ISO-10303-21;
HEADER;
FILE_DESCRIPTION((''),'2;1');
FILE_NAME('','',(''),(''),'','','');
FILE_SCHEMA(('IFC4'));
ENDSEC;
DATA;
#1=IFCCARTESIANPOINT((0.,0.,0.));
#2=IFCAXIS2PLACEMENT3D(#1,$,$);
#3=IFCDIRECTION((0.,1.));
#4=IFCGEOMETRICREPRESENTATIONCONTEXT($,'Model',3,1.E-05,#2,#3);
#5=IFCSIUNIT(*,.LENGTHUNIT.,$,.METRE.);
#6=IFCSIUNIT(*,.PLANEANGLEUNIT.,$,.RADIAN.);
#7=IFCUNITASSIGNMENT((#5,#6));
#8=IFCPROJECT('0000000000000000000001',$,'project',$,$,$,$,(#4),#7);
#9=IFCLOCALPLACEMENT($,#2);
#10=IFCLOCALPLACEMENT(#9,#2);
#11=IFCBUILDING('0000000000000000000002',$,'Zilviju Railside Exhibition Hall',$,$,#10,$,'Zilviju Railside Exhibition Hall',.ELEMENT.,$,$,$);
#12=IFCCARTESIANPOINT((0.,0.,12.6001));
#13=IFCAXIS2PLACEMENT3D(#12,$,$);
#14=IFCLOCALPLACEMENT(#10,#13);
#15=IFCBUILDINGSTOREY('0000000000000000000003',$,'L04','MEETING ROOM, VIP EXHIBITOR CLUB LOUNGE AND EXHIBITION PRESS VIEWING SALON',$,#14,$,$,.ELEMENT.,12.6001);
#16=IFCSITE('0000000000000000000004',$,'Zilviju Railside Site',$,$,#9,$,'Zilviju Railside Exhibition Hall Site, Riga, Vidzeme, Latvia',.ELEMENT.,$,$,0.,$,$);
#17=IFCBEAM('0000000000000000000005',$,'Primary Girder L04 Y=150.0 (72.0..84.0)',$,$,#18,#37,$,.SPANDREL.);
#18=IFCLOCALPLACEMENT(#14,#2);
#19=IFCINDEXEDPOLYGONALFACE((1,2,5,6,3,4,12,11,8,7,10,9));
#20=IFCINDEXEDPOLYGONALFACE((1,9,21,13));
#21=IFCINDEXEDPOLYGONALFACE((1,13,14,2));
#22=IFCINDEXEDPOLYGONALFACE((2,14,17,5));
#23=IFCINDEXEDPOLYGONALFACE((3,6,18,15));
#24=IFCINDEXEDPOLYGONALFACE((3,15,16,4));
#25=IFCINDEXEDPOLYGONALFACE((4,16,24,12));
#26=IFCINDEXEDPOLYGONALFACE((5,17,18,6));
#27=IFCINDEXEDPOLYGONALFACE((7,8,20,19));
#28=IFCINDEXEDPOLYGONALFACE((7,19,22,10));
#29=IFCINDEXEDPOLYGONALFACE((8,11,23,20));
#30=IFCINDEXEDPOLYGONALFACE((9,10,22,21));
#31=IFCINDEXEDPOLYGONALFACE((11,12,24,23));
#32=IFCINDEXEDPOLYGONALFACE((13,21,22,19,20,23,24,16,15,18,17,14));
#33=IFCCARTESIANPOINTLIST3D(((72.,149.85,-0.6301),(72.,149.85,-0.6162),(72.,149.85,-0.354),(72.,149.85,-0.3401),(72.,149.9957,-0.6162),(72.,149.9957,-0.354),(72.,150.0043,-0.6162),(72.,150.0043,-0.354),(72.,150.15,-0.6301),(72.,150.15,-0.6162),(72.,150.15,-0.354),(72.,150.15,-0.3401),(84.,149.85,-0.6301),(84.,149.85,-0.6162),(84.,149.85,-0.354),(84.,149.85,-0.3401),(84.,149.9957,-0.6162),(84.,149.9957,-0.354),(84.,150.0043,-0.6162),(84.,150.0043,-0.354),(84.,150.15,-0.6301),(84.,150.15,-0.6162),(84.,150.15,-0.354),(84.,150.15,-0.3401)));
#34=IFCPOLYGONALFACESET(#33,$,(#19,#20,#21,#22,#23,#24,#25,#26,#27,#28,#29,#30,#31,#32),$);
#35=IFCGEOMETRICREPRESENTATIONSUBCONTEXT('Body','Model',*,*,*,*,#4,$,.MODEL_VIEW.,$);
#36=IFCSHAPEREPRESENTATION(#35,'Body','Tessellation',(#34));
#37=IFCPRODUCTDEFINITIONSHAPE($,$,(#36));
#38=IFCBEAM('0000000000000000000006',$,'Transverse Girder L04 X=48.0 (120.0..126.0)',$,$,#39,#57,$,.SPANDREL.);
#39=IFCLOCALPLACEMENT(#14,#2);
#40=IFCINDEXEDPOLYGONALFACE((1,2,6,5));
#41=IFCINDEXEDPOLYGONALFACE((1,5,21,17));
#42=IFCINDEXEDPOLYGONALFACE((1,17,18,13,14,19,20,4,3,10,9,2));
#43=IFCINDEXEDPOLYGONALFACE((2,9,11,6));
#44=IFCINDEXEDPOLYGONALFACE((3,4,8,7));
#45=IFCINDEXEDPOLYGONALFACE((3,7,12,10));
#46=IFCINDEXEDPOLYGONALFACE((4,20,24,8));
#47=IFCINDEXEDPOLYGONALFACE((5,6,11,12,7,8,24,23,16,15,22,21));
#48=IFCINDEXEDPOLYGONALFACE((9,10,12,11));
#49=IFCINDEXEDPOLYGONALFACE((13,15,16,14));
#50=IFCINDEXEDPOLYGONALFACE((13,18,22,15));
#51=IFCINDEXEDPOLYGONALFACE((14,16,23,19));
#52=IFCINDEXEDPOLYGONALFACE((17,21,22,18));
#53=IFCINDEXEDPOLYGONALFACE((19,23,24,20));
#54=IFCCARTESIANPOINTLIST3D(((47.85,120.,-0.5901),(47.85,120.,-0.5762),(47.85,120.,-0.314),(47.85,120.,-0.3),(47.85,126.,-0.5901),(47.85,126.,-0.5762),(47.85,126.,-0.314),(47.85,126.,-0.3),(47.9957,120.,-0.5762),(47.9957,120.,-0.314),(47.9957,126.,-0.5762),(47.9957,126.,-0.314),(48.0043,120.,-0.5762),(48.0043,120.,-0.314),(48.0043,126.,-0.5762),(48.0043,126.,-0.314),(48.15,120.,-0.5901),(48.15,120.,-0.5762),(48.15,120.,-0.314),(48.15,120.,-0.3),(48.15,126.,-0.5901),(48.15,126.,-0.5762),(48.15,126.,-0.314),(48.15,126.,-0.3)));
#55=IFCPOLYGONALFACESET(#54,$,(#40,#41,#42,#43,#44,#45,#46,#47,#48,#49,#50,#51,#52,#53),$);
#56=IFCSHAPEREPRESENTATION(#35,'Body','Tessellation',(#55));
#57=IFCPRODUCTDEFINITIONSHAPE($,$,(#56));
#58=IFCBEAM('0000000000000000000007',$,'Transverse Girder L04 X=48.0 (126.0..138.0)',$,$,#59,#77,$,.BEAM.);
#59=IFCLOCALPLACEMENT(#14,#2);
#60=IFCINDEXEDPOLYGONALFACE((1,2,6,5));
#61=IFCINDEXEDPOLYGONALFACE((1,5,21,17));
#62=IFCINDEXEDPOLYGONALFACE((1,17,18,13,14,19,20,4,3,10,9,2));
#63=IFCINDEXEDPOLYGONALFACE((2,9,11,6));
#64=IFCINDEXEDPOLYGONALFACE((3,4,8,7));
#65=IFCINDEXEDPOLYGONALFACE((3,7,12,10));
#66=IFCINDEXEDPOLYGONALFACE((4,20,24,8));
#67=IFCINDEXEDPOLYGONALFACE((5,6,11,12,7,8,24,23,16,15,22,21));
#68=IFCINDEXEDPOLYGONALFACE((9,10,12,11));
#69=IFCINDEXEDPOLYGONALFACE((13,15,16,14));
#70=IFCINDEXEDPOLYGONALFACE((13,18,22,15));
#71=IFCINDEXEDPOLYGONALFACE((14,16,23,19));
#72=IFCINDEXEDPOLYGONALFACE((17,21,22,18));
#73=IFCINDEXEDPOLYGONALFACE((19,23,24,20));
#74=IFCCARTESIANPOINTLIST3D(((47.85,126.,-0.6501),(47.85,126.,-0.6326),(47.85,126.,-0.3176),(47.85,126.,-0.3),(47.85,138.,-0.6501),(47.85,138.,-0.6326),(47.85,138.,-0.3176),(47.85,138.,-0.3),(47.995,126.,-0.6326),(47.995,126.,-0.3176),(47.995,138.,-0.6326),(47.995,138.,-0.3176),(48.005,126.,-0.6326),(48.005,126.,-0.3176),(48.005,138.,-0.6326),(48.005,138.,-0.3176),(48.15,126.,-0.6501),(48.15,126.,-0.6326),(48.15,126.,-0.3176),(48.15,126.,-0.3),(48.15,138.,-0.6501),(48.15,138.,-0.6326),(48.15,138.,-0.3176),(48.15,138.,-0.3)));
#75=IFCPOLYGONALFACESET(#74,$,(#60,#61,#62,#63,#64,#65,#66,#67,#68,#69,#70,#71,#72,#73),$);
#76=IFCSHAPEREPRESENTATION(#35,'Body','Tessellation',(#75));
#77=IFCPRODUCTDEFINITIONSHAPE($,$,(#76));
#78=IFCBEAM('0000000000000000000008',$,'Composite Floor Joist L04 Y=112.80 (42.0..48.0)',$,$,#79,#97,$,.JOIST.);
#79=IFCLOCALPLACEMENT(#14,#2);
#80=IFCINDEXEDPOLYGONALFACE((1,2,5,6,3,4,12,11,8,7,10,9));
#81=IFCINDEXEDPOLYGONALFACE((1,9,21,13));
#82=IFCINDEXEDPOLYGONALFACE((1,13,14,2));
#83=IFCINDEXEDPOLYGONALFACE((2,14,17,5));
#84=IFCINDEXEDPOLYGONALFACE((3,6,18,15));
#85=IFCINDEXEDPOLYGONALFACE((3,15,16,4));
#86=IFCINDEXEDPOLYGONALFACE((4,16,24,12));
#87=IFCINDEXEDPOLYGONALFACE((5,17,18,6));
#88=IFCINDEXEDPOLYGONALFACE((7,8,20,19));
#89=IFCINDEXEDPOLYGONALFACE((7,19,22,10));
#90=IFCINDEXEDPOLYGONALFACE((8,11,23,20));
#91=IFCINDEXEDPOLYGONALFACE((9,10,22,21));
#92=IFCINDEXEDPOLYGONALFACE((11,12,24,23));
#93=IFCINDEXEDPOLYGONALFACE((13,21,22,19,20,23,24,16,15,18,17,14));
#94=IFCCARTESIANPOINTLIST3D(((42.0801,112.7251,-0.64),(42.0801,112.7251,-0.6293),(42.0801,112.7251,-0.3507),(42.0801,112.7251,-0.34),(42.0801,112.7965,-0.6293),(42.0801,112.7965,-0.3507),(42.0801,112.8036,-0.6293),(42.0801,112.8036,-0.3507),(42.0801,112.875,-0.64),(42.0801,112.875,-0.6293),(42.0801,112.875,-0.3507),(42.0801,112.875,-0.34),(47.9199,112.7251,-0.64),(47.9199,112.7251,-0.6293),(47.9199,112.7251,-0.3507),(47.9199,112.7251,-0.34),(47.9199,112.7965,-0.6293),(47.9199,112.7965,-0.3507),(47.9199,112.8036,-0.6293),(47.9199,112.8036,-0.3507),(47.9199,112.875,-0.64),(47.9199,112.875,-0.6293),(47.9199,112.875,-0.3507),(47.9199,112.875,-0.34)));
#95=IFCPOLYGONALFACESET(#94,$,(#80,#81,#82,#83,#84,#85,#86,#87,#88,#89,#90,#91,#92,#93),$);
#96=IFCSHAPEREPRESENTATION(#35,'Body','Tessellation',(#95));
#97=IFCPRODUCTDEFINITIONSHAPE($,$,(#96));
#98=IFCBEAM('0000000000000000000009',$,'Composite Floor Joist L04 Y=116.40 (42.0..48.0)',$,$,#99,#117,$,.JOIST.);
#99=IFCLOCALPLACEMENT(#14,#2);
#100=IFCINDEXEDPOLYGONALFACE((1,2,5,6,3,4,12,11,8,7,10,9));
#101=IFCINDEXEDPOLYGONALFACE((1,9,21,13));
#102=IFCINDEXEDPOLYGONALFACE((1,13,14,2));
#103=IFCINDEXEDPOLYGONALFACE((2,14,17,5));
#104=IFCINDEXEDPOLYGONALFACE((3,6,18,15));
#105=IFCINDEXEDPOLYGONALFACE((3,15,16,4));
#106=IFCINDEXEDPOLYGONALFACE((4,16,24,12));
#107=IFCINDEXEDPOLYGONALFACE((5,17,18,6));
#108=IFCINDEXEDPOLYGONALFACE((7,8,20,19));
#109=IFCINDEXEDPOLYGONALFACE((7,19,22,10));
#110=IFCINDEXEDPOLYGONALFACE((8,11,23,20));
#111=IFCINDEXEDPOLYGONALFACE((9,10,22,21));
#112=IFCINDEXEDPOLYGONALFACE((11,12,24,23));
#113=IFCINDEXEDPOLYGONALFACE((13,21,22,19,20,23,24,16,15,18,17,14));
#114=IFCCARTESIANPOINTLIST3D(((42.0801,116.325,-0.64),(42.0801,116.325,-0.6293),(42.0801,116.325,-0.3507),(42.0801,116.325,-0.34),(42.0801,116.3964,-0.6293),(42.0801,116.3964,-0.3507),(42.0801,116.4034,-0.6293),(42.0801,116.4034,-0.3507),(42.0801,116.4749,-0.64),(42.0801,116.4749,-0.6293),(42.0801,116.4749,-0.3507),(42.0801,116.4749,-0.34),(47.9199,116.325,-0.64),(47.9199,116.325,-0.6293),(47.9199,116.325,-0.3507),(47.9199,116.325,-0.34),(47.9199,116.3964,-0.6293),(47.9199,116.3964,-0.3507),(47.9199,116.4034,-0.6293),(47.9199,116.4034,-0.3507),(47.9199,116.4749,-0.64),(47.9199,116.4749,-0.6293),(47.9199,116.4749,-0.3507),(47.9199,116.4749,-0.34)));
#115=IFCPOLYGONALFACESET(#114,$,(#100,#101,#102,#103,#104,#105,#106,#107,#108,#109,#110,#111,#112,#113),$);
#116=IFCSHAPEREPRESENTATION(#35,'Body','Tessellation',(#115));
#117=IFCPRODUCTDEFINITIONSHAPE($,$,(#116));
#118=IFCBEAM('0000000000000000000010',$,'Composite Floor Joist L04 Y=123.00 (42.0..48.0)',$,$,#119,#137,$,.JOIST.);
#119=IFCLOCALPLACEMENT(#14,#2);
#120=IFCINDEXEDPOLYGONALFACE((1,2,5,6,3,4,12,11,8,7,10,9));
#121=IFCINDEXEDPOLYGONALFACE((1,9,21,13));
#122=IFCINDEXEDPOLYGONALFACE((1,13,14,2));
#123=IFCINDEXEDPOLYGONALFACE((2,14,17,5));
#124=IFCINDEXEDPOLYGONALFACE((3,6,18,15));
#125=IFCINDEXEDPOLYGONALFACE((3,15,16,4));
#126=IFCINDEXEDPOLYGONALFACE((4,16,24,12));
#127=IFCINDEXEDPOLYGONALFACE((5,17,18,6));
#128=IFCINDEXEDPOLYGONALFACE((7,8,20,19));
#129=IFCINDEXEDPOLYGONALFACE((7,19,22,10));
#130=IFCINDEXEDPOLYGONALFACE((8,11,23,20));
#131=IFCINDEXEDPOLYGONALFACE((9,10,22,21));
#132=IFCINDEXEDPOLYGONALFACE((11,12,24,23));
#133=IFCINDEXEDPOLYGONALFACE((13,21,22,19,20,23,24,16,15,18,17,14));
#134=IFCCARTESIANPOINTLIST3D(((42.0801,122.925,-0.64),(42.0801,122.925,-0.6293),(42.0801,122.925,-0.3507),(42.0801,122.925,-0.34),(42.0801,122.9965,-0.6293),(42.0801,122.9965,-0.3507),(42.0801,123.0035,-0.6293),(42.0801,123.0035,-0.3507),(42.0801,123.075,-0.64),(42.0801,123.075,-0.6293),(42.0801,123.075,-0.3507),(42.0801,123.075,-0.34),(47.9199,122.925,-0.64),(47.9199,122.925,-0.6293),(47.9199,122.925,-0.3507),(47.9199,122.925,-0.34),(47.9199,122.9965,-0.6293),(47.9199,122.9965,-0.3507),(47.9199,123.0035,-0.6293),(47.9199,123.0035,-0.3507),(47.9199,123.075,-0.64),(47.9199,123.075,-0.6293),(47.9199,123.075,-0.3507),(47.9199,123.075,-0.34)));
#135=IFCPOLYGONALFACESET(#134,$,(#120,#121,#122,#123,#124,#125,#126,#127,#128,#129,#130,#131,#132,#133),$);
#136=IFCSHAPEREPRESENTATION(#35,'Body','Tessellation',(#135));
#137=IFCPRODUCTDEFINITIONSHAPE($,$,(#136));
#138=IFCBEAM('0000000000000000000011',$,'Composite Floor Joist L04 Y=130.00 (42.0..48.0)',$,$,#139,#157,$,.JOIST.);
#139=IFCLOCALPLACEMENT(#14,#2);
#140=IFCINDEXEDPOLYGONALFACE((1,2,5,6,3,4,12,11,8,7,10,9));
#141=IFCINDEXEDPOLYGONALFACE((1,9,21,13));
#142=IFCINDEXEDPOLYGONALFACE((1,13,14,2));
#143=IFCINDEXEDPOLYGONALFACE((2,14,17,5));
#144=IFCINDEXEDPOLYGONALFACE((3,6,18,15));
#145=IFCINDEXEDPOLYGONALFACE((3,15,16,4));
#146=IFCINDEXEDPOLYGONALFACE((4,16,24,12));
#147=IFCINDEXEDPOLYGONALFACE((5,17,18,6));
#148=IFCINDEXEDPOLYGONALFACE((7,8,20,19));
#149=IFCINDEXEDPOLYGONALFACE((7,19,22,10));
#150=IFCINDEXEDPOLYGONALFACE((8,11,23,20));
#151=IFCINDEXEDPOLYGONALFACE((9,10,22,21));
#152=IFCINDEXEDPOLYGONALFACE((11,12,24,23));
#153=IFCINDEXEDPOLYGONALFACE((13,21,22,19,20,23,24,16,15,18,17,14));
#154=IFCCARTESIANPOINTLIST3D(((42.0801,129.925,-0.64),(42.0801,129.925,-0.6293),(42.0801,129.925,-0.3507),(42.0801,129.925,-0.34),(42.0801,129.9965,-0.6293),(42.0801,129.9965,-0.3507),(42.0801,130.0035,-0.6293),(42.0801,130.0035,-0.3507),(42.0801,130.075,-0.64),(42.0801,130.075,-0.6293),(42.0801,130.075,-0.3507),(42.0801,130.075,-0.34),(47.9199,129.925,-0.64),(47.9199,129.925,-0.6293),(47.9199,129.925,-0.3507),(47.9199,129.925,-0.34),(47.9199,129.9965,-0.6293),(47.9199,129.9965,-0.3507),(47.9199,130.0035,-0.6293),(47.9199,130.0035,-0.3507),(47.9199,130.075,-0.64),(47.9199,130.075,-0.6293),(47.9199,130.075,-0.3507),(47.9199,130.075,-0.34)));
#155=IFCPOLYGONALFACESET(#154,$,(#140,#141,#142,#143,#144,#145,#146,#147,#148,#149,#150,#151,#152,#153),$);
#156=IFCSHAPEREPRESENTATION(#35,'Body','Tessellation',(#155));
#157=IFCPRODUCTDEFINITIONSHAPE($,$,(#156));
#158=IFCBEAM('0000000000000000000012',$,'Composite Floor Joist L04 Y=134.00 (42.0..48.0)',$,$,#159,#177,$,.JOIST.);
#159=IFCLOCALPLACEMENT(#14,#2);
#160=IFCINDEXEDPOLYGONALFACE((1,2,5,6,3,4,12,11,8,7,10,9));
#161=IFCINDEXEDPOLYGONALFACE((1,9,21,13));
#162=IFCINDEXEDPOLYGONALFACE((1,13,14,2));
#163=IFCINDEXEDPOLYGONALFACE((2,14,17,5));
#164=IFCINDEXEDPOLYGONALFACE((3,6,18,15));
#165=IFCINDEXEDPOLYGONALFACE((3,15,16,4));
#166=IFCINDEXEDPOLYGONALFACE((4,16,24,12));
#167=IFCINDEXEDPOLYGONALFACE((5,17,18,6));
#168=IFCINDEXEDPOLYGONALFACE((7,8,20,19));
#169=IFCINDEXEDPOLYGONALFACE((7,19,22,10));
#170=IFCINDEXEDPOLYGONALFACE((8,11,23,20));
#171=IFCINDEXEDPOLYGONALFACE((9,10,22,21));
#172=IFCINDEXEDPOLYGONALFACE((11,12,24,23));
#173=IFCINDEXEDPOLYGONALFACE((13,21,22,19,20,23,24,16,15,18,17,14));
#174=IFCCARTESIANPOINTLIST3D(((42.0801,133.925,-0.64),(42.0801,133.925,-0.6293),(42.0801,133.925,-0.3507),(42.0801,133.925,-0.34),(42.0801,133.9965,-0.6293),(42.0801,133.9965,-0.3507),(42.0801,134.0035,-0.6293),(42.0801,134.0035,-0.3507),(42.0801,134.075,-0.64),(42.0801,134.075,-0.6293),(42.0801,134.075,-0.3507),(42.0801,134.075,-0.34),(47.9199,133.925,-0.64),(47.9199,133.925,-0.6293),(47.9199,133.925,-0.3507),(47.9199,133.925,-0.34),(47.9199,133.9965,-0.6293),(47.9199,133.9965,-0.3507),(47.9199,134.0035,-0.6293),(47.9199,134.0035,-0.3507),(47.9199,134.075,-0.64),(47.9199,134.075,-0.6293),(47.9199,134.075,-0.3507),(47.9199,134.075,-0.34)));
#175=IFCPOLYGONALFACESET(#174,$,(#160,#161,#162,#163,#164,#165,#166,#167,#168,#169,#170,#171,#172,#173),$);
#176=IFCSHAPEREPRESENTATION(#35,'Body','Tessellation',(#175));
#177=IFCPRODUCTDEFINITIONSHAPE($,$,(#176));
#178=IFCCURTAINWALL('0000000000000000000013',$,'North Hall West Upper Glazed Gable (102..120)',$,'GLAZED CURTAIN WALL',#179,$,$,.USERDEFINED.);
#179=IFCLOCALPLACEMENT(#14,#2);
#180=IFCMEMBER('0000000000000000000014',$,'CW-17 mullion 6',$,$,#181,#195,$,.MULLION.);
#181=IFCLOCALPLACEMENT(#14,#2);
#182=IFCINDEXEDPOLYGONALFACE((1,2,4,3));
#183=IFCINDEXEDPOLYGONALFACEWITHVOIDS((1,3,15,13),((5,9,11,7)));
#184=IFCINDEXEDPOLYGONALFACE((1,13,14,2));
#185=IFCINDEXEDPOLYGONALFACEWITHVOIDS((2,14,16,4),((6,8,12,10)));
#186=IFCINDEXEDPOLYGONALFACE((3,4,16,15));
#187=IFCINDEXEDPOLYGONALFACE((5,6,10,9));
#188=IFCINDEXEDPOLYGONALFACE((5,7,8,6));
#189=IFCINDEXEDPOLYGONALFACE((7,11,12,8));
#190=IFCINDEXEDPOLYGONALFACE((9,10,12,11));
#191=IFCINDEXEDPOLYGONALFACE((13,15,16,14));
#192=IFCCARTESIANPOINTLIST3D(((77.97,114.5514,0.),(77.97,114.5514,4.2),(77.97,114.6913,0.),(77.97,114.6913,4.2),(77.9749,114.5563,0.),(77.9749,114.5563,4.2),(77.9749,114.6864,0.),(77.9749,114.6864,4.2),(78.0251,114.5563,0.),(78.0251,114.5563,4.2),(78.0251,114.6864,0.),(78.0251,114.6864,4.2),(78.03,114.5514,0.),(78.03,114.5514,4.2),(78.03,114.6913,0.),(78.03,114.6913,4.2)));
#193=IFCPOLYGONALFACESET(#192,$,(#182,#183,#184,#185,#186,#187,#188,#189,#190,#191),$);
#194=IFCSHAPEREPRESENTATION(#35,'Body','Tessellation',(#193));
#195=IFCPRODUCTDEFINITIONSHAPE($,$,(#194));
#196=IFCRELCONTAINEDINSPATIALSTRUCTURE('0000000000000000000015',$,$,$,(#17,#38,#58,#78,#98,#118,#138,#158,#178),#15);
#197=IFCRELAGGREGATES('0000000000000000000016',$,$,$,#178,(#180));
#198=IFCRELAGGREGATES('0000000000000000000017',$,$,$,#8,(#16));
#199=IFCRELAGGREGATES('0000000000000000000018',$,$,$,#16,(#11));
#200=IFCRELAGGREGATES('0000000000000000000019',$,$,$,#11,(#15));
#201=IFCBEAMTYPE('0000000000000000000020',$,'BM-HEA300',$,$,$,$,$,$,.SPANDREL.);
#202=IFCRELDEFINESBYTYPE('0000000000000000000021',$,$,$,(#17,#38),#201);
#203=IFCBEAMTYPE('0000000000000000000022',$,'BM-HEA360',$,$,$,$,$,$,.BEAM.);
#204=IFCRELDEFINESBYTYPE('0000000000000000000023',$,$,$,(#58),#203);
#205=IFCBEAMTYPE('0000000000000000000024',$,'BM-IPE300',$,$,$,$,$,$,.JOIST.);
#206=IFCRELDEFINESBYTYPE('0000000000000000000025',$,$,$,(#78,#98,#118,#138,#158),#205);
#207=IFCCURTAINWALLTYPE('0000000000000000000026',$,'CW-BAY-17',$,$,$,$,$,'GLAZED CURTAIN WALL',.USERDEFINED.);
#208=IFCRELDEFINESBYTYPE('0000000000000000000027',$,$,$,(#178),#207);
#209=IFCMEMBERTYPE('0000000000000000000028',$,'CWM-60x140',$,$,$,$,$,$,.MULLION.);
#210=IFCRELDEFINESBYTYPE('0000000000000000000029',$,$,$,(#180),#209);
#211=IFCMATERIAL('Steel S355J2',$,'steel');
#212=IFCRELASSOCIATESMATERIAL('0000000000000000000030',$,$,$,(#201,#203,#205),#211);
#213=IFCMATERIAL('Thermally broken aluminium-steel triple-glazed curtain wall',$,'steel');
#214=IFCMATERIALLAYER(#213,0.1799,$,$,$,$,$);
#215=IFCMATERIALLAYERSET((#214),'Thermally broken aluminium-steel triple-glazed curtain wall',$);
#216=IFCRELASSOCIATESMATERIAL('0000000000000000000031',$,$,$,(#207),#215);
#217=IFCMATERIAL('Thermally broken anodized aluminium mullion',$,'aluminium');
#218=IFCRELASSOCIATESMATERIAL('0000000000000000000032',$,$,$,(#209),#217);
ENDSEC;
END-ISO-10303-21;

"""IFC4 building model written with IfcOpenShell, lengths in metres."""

from ifc_helpers import new_model, si_unit, direction, frame, origin, origin_2d, place, context, subcontext, project, spatial, hollow_rectangle, i_section, extrude, material, layer, layer_set, material_profile, profile_set, type_object, element, aggregate, save


model = new_model("IFC4")

# Units and contexts
model_context = context("Model", 3, precision=1e-05, world=origin(), true_north=direction((0.0, 1.0)))
body_context = subcontext(model_context, "Body", "Model", "MODEL_VIEW")
ifc_project = project(units=[si_unit("LENGTHUNIT", "METRE"), si_unit("PLANEANGLEUNIT", "RADIAN")], contexts=[model_context])

# Site, building, storey
site_placement = place(None, origin())
site = spatial("IfcSite", under=ifc_project, at=site_placement, Name="Zilviju Railside Site", LongName="Zilviju Railside Exhibition Hall Site, Riga, Vidzeme, Latvia", CompositionType="ELEMENT", RefElevation=0.0)
building_placement = place(site_placement, origin())
building = spatial("IfcBuilding", under=site, at=building_placement, Name="Zilviju Railside Exhibition Hall", LongName="Zilviju Railside Exhibition Hall", CompositionType="ELEMENT")
storey_placement = place(building_placement, frame((0.0, 0.0, 12.6001)))
storey = spatial("IfcBuildingStorey", under=building, at=storey_placement, Name="L04", Description="MEETING ROOM, VIP EXHIBITOR CLUB LOUNGE AND EXHIBITION PRESS VIEWING SALON", CompositionType="ELEMENT", Elevation=12.6001)

# Beams
ifc_material_1 = material(Name="Steel S355J2", Category="steel")
ifc_material_profile_1 = material_profile(ifc_material_1, i_section(OverallWidth=0.3, OverallDepth=0.29, WebThickness=0.0085, FlangeThickness=0.0139, at=origin_2d()), Name="HEA 300")
ifc_profile_set_1 = profile_set([ifc_material_profile_1], Name="Steel S355J2")
beam_type_1 = type_object("IfcBeamType", Name="BM-HEA300", PredefinedType="SPANDREL", material=ifc_profile_set_1)
for number, where, z_axis, x_axis, name in (
    (1, (72.0, 150.0, -0.4851), (1.0, 0.0, 0.0), (0.0, 1.0, 0.0), "Primary Girder L04 Y=150.0 (72.0..84.0)"),
):
    element("IfcBeam", number, at=place(storey_placement, frame(where, z_axis=z_axis, x_axis=x_axis)), inside=storey, type_object=beam_type_1, Name=name, PredefinedType="SPANDREL", context=body_context, shape_type="SweptSolid", body=[
        extrude(i_section(OverallWidth=0.3, OverallDepth=0.29, WebThickness=0.0085, FlangeThickness=0.0139, at=origin_2d()), origin(), (0.0, 0.0, 1.0), 12.0),
    ])
beam_1_placement = place(storey_placement, frame((48.0, 120.0, -0.4451), z_axis=(0.0, 1.0, 0.0), x_axis=(-1.0, 0.0, 0.0)))
element("IfcBeam", 2, at=beam_1_placement, inside=storey, type_object=beam_type_1, Name="Transverse Girder L04 X=48.0 (120.0..126.0)", PredefinedType="SPANDREL", context=body_context, shape_type="SweptSolid", body=[
    extrude(i_section(OverallWidth=0.3, OverallDepth=0.29, WebThickness=0.0085, FlangeThickness=0.0139, at=origin_2d()), origin(), (0.0, 0.0, 1.0), 6.0),
])
ifc_material_profile_2 = material_profile(ifc_material_1, i_section(OverallWidth=0.3, OverallDepth=0.3501, WebThickness=0.01, FlangeThickness=0.0176, at=origin_2d()), Name="HEA 360")
ifc_profile_set_2 = profile_set([ifc_material_profile_2], Name="Steel S355J2")
beam_type_2 = type_object("IfcBeamType", Name="BM-HEA360", PredefinedType="BEAM", material=ifc_profile_set_2)
beam_2_placement = place(storey_placement, frame((48.0, 126.0, -0.4751), z_axis=(0.0, 1.0, 0.0), x_axis=(-1.0, 0.0, 0.0)))
element("IfcBeam", 3, at=beam_2_placement, inside=storey, type_object=beam_type_2, Name="Transverse Girder L04 X=48.0 (126.0..138.0)", PredefinedType="BEAM", context=body_context, shape_type="SweptSolid", body=[
    extrude(i_section(OverallWidth=0.3, OverallDepth=0.3501, WebThickness=0.01, FlangeThickness=0.0176, at=origin_2d()), origin(), (0.0, 0.0, 1.0), 12.0),
])
ifc_material_profile_3 = material_profile(ifc_material_1, i_section(OverallWidth=0.1499, OverallDepth=0.3, WebThickness=0.0071, FlangeThickness=0.0107, at=origin_2d()), Name="IPE 300")
ifc_profile_set_3 = profile_set([ifc_material_profile_3], Name="Steel S355J2")
beam_type_3 = type_object("IfcBeamType", Name="BM-IPE300", PredefinedType="JOIST", material=ifc_profile_set_3)
for number, where, z_axis, x_axis, name in (
    (4, (42.0801, 112.8, -0.49), (1.0, 0.0, 0.0), (0.0, 1.0, 0.0), "Composite Floor Joist L04 Y=112.80 (42.0..48.0)"),
    (5, (42.0801, 116.3999, -0.49), (1.0, 0.0, 0.0), (0.0, 1.0, 0.0), "Composite Floor Joist L04 Y=116.40 (42.0..48.0)"),
    (6, (42.0801, 123.0, -0.49), (1.0, 0.0, 0.0), (0.0, 1.0, 0.0), "Composite Floor Joist L04 Y=123.00 (42.0..48.0)"),
    (7, (42.0801, 130.0, -0.49), (1.0, 0.0, 0.0), (0.0, 1.0, 0.0), "Composite Floor Joist L04 Y=130.00 (42.0..48.0)"),
    (8, (42.0801, 134.0, -0.49), (1.0, 0.0, 0.0), (0.0, 1.0, 0.0), "Composite Floor Joist L04 Y=134.00 (42.0..48.0)"),
):
    element("IfcBeam", number, at=place(storey_placement, frame(where, z_axis=z_axis, x_axis=x_axis)), inside=storey, type_object=beam_type_3, Name=name, PredefinedType="JOIST", context=body_context, shape_type="SweptSolid", body=[
        extrude(i_section(OverallWidth=0.1499, OverallDepth=0.3, WebThickness=0.0071, FlangeThickness=0.0107, at=origin_2d()), origin(), (0.0, 0.0, 1.0), 5.8398),
    ])

# Curtain wall, member
ifc_material_2 = material(Name="Thermally broken aluminium-steel triple-glazed curtain wall", Category="steel")
ifc_layer_1 = layer(ifc_material_2, 0.1799)
ifc_layer_set_1 = layer_set([ifc_layer_1], Name="Thermally broken aluminium-steel triple-glazed curtain wall")
curtain_wall_type = type_object("IfcCurtainWallType", Name="CW-BAY-17", ElementType="GLAZED CURTAIN WALL", PredefinedType="USERDEFINED", material=ifc_layer_set_1)
curtain_wall_placement = place(storey_placement, origin())
curtain_wall = element("IfcCurtainWall", 9, at=curtain_wall_placement, inside=storey, type_object=curtain_wall_type, Name="North Hall West Upper Glazed Gable (102..120)", ObjectType="GLAZED CURTAIN WALL", PredefinedType="USERDEFINED")
ifc_material_3 = material(Name="Thermally broken anodized aluminium mullion", Category="aluminium")
ifc_material_profile_4 = material_profile(ifc_material_3, hollow_rectangle(XDim=0.0601, YDim=0.1399, WallThickness=0.0049, at=origin_2d()), Name="MULLION 140x60x5")
ifc_profile_set_4 = profile_set([ifc_material_profile_4], Name="Thermally broken anodized aluminium mullion")
member_type_1 = type_object("IfcMemberType", Name="CWM-60x140", PredefinedType="MULLION", material=ifc_profile_set_4)
member_1_placement = place(storey_placement, frame((78.0, 114.6213, 0.0), z_axis=(0.0, 0.0, 1.0), x_axis=(-1.0, 0.0, 0.0)))
member_1 = element("IfcMember", 10, at=member_1_placement, type_object=member_type_1, Name="CW-17 mullion 6", PredefinedType="MULLION", context=body_context, shape_type="SweptSolid", body=[
    extrude(hollow_rectangle(XDim=0.0601, YDim=0.1399, WallThickness=0.0049, at=origin_2d()), origin(), (0.0, 0.0, 1.0), 4.2),
])
aggregate(curtain_wall, [member_1])

save(model, "model.ifc")
